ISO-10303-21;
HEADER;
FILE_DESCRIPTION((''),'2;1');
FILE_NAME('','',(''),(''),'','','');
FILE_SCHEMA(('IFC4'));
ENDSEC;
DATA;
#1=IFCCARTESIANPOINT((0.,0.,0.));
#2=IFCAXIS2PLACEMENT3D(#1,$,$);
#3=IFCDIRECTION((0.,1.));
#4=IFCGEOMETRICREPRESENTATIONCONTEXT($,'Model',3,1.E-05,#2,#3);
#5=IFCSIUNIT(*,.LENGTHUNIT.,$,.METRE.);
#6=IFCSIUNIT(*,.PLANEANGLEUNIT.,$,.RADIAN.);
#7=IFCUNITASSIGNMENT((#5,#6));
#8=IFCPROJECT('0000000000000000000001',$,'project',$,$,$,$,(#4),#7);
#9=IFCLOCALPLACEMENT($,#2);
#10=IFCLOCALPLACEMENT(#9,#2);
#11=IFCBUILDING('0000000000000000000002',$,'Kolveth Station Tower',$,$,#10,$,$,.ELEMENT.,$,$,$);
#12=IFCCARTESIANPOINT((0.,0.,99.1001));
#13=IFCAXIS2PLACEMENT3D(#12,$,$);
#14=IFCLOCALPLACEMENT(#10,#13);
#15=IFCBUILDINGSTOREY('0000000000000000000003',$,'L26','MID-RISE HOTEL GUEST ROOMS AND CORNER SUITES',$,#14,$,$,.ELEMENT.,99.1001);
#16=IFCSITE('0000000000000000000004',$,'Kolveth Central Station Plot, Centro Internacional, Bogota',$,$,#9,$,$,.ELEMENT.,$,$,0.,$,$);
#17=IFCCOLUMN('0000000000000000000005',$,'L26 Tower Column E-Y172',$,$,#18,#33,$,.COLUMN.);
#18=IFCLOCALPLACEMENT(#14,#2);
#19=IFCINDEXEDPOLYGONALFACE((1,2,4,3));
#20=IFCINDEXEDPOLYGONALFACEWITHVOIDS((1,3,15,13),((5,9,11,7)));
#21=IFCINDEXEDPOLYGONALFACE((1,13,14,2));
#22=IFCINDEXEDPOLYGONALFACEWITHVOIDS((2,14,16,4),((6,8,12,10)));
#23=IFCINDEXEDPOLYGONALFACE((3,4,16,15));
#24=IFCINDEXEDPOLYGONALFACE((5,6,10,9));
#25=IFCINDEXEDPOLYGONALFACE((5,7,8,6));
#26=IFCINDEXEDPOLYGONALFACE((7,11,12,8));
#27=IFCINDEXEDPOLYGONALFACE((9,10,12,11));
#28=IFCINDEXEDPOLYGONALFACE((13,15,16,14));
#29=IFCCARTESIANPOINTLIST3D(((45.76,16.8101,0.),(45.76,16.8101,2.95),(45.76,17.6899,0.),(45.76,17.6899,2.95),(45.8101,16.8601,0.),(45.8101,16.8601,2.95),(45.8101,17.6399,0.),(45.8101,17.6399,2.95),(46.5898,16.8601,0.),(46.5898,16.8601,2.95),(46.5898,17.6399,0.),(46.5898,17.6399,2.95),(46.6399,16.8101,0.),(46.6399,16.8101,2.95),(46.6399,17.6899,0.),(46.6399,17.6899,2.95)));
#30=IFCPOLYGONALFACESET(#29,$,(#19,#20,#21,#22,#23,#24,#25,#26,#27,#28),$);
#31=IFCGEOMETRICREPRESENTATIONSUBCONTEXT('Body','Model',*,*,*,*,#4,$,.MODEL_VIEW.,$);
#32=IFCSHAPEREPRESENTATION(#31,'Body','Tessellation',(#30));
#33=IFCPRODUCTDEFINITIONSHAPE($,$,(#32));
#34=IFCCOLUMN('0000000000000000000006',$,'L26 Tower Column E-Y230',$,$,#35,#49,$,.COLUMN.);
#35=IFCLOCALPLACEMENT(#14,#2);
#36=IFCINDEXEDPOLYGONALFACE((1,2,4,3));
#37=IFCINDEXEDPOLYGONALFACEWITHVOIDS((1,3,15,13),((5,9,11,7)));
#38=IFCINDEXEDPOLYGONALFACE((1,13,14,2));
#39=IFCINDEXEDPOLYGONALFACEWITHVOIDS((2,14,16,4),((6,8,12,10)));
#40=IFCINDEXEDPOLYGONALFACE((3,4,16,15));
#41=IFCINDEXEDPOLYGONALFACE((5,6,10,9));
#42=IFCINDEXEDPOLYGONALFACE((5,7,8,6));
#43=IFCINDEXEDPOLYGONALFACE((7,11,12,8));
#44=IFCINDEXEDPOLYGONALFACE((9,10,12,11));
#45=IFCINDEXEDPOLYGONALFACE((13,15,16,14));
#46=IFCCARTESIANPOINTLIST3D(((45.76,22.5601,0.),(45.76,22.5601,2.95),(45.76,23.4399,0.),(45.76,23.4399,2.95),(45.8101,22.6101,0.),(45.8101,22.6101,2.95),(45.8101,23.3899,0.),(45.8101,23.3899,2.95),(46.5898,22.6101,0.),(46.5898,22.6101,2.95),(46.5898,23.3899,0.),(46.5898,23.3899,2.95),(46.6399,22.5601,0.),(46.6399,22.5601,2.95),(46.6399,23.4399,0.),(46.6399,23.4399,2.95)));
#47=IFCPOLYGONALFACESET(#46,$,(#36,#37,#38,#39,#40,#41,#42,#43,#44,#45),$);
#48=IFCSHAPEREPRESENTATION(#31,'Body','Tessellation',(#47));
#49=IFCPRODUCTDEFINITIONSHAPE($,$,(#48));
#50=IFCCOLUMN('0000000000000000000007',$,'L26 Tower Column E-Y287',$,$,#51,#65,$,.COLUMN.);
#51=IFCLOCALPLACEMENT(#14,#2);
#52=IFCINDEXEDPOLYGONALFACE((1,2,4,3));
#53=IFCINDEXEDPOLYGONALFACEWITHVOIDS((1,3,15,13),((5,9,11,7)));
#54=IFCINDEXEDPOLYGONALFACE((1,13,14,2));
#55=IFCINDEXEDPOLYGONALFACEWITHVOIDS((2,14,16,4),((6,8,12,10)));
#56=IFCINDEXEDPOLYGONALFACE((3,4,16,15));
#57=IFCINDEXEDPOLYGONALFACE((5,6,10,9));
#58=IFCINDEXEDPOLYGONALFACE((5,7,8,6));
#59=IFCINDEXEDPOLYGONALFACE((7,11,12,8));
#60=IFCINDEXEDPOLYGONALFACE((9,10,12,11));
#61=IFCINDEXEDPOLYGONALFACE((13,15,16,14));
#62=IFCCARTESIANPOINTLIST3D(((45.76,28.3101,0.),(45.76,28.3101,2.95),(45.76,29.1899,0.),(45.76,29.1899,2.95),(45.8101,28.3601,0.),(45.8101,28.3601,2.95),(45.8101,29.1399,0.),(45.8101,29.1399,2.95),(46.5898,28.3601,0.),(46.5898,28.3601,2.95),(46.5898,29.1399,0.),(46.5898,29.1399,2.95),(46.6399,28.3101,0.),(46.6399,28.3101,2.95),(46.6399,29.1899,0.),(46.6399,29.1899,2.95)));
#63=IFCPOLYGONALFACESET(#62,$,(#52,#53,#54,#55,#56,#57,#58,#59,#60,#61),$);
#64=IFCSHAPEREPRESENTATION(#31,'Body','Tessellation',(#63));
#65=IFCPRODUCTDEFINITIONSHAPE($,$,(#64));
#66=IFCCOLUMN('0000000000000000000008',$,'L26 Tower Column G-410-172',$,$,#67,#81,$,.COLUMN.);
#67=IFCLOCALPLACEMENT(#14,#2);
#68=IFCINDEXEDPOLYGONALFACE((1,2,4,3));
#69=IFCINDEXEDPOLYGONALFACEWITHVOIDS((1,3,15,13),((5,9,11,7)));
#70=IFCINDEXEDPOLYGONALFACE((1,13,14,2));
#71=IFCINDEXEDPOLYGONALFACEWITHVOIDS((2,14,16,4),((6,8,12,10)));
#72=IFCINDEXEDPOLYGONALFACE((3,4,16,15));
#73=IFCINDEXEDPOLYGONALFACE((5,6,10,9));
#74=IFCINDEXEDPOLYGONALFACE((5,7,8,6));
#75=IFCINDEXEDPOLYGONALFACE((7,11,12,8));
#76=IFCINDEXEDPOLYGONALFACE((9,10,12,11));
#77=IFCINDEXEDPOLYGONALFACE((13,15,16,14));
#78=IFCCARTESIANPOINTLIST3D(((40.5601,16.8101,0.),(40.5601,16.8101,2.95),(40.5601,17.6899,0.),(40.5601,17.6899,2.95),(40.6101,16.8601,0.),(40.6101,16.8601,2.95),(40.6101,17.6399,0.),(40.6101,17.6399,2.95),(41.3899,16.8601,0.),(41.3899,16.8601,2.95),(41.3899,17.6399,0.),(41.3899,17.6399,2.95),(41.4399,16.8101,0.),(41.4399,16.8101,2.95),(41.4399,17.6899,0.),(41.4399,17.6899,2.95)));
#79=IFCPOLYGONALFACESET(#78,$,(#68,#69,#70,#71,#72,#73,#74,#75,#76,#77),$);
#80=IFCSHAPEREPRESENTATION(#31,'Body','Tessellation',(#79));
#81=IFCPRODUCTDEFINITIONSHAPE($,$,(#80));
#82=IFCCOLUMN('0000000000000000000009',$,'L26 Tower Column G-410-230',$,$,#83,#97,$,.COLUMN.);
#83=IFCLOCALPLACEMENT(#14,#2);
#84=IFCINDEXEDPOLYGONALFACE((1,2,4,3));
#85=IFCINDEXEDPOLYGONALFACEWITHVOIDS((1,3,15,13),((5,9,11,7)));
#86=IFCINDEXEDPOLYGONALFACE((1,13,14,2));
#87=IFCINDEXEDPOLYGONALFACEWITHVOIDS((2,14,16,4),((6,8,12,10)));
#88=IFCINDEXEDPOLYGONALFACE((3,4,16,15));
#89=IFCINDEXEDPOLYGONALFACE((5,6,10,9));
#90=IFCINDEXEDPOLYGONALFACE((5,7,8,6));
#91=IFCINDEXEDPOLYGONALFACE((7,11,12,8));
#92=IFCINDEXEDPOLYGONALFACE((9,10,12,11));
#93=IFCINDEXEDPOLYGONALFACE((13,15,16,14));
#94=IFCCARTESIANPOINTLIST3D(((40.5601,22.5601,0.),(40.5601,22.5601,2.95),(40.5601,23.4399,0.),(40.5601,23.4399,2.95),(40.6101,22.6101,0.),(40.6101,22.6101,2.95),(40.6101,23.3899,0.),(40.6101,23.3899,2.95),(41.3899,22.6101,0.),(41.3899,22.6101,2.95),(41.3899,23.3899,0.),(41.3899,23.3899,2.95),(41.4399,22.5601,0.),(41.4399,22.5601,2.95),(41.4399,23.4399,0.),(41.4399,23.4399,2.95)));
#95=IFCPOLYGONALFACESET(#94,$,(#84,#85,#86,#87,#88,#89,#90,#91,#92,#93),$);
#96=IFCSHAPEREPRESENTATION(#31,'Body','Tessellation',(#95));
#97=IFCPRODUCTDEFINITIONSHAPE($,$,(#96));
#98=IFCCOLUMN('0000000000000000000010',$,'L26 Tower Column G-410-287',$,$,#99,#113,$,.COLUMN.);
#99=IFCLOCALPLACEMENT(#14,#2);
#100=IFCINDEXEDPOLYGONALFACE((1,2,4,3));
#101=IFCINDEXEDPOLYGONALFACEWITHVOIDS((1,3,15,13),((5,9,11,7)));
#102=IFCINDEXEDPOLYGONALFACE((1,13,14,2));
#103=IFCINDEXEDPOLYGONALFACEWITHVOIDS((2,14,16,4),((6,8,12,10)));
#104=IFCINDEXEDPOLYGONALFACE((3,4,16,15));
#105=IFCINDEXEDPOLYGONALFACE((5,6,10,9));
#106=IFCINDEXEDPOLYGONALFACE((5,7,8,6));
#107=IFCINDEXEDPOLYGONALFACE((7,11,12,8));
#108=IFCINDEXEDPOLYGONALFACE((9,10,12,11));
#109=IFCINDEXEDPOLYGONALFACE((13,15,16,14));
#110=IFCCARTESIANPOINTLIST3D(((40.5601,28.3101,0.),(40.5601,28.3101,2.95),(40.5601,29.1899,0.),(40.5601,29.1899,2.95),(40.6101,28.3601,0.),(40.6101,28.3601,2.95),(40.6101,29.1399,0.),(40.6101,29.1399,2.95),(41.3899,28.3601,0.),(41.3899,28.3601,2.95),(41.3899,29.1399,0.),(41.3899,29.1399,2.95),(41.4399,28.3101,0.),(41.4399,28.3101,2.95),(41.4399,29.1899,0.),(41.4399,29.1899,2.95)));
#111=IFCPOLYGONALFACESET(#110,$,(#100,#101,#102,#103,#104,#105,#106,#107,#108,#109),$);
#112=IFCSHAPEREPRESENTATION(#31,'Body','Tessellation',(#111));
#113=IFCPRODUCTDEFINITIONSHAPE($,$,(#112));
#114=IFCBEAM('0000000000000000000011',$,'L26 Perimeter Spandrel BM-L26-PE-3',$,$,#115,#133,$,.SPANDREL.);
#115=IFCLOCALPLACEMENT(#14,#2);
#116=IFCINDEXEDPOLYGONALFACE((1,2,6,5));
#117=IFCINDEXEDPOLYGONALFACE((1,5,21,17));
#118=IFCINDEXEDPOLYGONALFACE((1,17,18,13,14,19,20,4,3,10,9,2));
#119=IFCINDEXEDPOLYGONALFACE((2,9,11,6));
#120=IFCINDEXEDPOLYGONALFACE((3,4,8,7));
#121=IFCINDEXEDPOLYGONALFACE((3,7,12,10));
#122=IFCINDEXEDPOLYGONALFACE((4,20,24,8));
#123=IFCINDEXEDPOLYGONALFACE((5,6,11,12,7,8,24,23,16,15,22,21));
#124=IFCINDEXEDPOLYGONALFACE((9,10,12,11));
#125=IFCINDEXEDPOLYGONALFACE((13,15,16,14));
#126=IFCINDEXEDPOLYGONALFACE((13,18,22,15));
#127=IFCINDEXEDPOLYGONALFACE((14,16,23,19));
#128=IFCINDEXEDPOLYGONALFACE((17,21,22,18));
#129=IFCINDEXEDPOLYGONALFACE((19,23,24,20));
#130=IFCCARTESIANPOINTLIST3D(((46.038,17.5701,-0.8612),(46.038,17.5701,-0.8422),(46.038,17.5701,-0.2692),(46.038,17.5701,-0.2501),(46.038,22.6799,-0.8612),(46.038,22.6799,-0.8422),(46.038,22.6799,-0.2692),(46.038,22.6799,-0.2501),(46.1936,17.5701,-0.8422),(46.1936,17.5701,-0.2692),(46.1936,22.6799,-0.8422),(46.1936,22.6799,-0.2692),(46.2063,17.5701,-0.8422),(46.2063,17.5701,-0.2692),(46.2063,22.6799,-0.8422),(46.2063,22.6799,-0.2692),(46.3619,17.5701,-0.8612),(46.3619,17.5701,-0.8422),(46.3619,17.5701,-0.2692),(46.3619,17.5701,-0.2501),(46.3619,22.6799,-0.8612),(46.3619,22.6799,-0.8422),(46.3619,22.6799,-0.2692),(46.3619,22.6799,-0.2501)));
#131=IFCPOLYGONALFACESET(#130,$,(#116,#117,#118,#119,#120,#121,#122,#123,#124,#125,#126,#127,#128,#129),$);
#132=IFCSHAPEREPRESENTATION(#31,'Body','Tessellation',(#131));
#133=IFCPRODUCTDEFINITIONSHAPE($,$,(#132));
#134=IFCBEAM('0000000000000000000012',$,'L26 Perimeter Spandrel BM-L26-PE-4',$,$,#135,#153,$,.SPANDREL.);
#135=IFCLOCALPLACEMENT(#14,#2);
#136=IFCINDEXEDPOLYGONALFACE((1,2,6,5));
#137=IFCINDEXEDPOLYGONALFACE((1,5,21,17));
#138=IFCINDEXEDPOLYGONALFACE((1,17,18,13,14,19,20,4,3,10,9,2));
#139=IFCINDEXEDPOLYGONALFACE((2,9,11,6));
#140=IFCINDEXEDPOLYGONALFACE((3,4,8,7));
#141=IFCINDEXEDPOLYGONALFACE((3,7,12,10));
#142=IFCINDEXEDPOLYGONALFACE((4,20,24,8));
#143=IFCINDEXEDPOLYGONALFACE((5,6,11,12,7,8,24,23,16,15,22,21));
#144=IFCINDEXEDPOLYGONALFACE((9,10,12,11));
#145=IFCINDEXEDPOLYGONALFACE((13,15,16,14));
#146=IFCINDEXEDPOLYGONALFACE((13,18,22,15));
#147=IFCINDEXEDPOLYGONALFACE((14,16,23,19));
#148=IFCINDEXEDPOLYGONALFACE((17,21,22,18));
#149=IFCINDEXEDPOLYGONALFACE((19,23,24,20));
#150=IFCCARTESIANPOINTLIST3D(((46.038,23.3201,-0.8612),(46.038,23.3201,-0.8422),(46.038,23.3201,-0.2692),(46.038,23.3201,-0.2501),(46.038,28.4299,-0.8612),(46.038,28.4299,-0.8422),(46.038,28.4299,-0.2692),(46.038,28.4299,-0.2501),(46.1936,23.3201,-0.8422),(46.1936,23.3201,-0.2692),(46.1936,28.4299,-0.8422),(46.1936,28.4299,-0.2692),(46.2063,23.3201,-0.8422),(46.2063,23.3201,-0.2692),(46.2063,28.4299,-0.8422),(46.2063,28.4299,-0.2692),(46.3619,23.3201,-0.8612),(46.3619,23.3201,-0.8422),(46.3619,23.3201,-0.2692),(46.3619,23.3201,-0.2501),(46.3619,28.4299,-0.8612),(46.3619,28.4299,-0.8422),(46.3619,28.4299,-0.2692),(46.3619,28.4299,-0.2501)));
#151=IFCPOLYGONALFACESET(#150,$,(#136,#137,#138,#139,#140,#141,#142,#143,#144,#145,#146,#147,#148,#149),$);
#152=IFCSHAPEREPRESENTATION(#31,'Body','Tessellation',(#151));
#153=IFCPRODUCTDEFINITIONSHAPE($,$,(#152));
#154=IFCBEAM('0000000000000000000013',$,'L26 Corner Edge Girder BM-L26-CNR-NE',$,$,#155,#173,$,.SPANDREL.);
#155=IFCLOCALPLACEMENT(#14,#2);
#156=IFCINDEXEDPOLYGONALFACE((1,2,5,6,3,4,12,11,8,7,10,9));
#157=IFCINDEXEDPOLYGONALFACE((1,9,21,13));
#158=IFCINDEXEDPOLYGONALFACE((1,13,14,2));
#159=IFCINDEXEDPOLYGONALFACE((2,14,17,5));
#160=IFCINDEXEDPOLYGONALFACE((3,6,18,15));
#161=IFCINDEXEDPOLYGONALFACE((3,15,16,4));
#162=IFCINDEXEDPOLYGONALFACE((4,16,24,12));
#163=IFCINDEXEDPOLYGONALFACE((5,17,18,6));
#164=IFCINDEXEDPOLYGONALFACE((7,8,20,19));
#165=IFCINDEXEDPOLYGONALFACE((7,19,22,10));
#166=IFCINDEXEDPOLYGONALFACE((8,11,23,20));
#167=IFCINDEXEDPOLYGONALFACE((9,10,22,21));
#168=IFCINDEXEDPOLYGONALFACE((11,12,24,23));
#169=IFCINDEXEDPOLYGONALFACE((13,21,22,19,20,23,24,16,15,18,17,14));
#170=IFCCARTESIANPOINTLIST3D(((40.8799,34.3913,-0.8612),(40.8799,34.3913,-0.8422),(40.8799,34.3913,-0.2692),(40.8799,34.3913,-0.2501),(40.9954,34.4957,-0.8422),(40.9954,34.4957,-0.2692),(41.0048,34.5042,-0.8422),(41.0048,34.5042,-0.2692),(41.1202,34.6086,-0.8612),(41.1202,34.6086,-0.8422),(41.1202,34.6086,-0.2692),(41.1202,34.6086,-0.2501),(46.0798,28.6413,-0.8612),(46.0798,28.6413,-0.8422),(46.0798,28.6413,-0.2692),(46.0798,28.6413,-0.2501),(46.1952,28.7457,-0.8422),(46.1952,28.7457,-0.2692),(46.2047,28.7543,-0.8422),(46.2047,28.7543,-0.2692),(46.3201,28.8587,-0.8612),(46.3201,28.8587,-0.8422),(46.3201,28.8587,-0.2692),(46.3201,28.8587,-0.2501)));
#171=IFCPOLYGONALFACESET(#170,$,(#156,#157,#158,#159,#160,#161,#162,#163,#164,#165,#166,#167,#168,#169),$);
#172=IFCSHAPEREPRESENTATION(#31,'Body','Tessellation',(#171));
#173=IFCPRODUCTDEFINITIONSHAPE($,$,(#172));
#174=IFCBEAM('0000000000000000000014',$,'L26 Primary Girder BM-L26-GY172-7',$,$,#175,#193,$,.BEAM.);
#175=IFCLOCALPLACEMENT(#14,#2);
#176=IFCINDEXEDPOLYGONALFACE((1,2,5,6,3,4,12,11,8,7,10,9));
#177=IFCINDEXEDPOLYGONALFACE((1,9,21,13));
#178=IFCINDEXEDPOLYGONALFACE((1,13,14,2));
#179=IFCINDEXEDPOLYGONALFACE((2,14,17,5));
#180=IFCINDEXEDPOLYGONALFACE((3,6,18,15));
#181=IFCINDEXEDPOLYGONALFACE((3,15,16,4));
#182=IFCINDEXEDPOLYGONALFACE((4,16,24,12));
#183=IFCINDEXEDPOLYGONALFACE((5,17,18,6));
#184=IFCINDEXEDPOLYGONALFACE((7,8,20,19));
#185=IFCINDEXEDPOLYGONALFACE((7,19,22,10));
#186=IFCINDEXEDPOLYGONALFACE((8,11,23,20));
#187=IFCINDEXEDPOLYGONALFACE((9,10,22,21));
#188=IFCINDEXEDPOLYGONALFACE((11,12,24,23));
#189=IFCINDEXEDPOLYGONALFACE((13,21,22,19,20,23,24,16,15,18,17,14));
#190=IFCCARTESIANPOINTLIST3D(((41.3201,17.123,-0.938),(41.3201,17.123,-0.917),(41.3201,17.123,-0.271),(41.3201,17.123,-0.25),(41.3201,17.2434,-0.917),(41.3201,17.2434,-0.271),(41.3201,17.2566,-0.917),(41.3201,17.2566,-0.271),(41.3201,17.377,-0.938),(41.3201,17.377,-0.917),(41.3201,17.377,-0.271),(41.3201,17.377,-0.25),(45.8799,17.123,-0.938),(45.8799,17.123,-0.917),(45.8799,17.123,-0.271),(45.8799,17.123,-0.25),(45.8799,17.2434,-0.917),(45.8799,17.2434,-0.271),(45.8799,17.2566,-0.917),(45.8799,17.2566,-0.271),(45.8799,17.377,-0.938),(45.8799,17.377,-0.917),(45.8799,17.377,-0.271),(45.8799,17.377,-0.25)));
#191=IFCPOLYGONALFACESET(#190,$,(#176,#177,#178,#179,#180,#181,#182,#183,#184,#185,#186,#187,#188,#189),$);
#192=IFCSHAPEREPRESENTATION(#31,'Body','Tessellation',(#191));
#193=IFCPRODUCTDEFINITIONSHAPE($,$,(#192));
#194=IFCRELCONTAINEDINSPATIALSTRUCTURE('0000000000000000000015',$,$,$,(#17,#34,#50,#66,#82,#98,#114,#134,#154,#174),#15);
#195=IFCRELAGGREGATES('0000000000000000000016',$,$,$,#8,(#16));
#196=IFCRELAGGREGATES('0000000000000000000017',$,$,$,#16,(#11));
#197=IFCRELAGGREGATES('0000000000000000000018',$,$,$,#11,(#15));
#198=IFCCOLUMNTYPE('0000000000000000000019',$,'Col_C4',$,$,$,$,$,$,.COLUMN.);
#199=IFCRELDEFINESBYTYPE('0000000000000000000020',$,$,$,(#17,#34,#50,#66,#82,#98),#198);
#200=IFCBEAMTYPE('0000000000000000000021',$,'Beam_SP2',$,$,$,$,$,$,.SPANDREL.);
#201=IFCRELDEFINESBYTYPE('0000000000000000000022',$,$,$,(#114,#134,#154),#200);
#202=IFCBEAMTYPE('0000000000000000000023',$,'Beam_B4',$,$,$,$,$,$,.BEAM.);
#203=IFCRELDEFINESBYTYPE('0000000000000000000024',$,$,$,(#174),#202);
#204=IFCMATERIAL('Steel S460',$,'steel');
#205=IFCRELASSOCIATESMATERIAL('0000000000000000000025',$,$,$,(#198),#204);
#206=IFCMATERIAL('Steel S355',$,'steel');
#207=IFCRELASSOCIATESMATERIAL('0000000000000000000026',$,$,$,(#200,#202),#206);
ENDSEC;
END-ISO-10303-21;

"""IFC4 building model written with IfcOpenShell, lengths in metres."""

from ifc_helpers import new_model, si_unit, direction, frame, origin, origin_2d, place, context, subcontext, project, spatial, hollow_rectangle, i_section, extrude, source, transform, mapped, material, material_profile, profile_set, type_object, element, save


model = new_model("IFC4")

# Units and contexts
model_context = context("Model", 3, precision=1e-05, world=origin(), true_north=direction((0.0, 1.0)))
body_context = subcontext(model_context, "Body", "Model", "MODEL_VIEW")
ifc_project = project(units=[si_unit("LENGTHUNIT", "METRE"), si_unit("PLANEANGLEUNIT", "RADIAN")], contexts=[model_context])

# Site, building, storey
site_placement = place(None, origin())
site = spatial("IfcSite", under=ifc_project, at=site_placement, Name="Kolveth Central Station Plot, Centro Internacional, Bogota", CompositionType="ELEMENT", RefElevation=0.0)
building_placement = place(site_placement, origin())
building = spatial("IfcBuilding", under=site, at=building_placement, Name="Kolveth Station Tower", CompositionType="ELEMENT")
storey_placement = place(building_placement, frame((0.0, 0.0, 99.1001)))
storey = spatial("IfcBuildingStorey", under=building, at=storey_placement, Name="L26", Description="MID-RISE HOTEL GUEST ROOMS AND CORNER SUITES", CompositionType="ELEMENT", Elevation=99.1001)

# Columns
ifc_material_1 = material(Name="Steel S460", Category="steel")
ifc_material_profile_1 = material_profile(ifc_material_1, hollow_rectangle(XDim=0.8799, YDim=0.8799, WallThickness=0.05, at=origin_2d()), Name="BOX880x880x50")
ifc_profile_set_1 = profile_set([ifc_material_profile_1], Name="Steel S460")
column_type = type_object("IfcColumnType", Name="Col_C4", PredefinedType="COLUMN", material=ifc_profile_set_1)
shared_shape_1 = source(origin(), body_context, "Body", "SweptSolid", [
    extrude(hollow_rectangle(XDim=0.8799, YDim=0.8799, WallThickness=0.05, at=origin_2d()), origin(), (0.0, 0.0, 1.0), 2.95),
])
for number, where, z_axis, x_axis, name in (
    (1, (46.2, 17.25, 0.0), (0.0, 0.0, 1.0), (1.0, 0.0, 0.0), "L26 Tower Column E-Y172"),
    (2, (46.2, 23.0, 0.0), (0.0, 0.0, 1.0), (1.0, 0.0, 0.0), "L26 Tower Column E-Y230"),
    (3, (46.2, 28.75, 0.0), (0.0, 0.0, 1.0), (1.0, 0.0, 0.0), "L26 Tower Column E-Y287"),
    (4, (41.0, 17.25, 0.0), (0.0, 0.0, 1.0), (1.0, 0.0, 0.0), "L26 Tower Column G-410-172"),
    (5, (41.0, 23.0, 0.0), (0.0, 0.0, 1.0), (1.0, 0.0, 0.0), "L26 Tower Column G-410-230"),
    (6, (41.0, 28.75, 0.0), (0.0, 0.0, 1.0), (1.0, 0.0, 0.0), "L26 Tower Column G-410-287"),
):
    element("IfcColumn", number, at=place(storey_placement, frame(where, z_axis=z_axis, x_axis=x_axis)), inside=storey, type_object=column_type, Name=name, PredefinedType="COLUMN", context=body_context, shape_type="MappedRepresentation", body=[
        mapped(shared_shape_1, transform((0.0, 0.0, 0.0), x_axis=(1.0, 0.0, 0.0), y_axis=(0.0, 1.0, 0.0), z_axis=(0.0, 0.0, 1.0), scale=1.0)),
    ])

# Beams
ifc_material_2 = material(Name="Steel S355", Category="steel")
ifc_material_profile_2 = material_profile(ifc_material_2, i_section(OverallWidth=0.324, OverallDepth=0.6111, WebThickness=0.0127, FlangeThickness=0.019, at=origin_2d()), Name="W610x155")
ifc_profile_set_2 = profile_set([ifc_material_profile_2], Name="Steel S355")
beam_type_1 = type_object("IfcBeamType", Name="Beam_SP2", PredefinedType="SPANDREL", material=ifc_profile_set_2)
shared_shape_2 = source(origin(), body_context, "Body", "SweptSolid", [
    extrude(i_section(OverallWidth=0.324, OverallDepth=0.6111, WebThickness=0.0127, FlangeThickness=0.019, at=origin_2d()), origin(), (0.0, 0.0, 1.0), 5.1099),
])
for number, where, z_axis, x_axis, name in (
    (7, (46.2, 17.5701, -0.5557), (0.0, 1.0, 0.0), (-1.0, 0.0, 0.0), "L26 Perimeter Spandrel BM-L26-PE-3"),
    (8, (46.2, 23.3201, -0.5557), (0.0, 1.0, 0.0), (-1.0, 0.0, 0.0), "L26 Perimeter Spandrel BM-L26-PE-4"),
):
    element("IfcBeam", number, at=place(storey_placement, frame(where, z_axis=z_axis, x_axis=x_axis)), inside=storey, type_object=beam_type_1, Name=name, PredefinedType="SPANDREL", context=body_context, shape_type="MappedRepresentation", body=[
        mapped(shared_shape_2, transform((0.0, 0.0, 0.0), x_axis=(1.0, 0.0, 0.0), y_axis=(0.0, 1.0, 0.0), z_axis=(0.0, 0.0, 1.0), scale=1.0)),
    ])
shared_shape_3 = source(origin(), body_context, "Body", "SweptSolid", [
    extrude(i_section(OverallWidth=0.324, OverallDepth=0.6111, WebThickness=0.0127, FlangeThickness=0.019, at=origin_2d()), origin(), (0.0, 0.0, 1.0), 7.7524),
])
beam_placement = place(storey_placement, frame((46.2, 28.75, -0.5557), z_axis=(-0.670741, 0.741692, 0.0), x_axis=(-0.741692, -0.670741, 0.0)))
element("IfcBeam", 9, at=beam_placement, inside=storey, type_object=beam_type_1, Name="L26 Corner Edge Girder BM-L26-CNR-NE", PredefinedType="SPANDREL", context=body_context, shape_type="MappedRepresentation", body=[
    mapped(shared_shape_3, transform((0.0, 0.0, 0.0), x_axis=(1.0, 0.0, 0.0), y_axis=(0.0, 1.0, 0.0), z_axis=(0.0, 0.0, 1.0), scale=1.0)),
])
ifc_material_profile_3 = material_profile(ifc_material_2, i_section(OverallWidth=0.2539, OverallDepth=0.688, WebThickness=0.0132, FlangeThickness=0.021, at=origin_2d()), Name="W690x152")
ifc_profile_set_3 = profile_set([ifc_material_profile_3], Name="Steel S355")
beam_type_2 = type_object("IfcBeamType", Name="Beam_B4", PredefinedType="BEAM", material=ifc_profile_set_3)
shared_shape_4 = source(origin(), body_context, "Body", "SweptSolid", [
    extrude(i_section(OverallWidth=0.2539, OverallDepth=0.688, WebThickness=0.0132, FlangeThickness=0.021, at=origin_2d()), origin(), (0.0, 0.0, 1.0), 4.5598),
])
for number, where, z_axis, x_axis, name in (
    (10, (41.3201, 17.25, -0.594), (1.0, 0.0, 0.0), (0.0, 1.0, 0.0), "L26 Primary Girder BM-L26-GY172-7"),
):
    element("IfcBeam", number, at=place(storey_placement, frame(where, z_axis=z_axis, x_axis=x_axis)), inside=storey, type_object=beam_type_2, Name=name, PredefinedType="BEAM", context=body_context, shape_type="MappedRepresentation", body=[
        mapped(shared_shape_4, transform((0.0, 0.0, 0.0), x_axis=(1.0, 0.0, 0.0), y_axis=(0.0, 1.0, 0.0), z_axis=(0.0, 0.0, 1.0), scale=1.0)),
    ])

save(model, "model.ifc")
